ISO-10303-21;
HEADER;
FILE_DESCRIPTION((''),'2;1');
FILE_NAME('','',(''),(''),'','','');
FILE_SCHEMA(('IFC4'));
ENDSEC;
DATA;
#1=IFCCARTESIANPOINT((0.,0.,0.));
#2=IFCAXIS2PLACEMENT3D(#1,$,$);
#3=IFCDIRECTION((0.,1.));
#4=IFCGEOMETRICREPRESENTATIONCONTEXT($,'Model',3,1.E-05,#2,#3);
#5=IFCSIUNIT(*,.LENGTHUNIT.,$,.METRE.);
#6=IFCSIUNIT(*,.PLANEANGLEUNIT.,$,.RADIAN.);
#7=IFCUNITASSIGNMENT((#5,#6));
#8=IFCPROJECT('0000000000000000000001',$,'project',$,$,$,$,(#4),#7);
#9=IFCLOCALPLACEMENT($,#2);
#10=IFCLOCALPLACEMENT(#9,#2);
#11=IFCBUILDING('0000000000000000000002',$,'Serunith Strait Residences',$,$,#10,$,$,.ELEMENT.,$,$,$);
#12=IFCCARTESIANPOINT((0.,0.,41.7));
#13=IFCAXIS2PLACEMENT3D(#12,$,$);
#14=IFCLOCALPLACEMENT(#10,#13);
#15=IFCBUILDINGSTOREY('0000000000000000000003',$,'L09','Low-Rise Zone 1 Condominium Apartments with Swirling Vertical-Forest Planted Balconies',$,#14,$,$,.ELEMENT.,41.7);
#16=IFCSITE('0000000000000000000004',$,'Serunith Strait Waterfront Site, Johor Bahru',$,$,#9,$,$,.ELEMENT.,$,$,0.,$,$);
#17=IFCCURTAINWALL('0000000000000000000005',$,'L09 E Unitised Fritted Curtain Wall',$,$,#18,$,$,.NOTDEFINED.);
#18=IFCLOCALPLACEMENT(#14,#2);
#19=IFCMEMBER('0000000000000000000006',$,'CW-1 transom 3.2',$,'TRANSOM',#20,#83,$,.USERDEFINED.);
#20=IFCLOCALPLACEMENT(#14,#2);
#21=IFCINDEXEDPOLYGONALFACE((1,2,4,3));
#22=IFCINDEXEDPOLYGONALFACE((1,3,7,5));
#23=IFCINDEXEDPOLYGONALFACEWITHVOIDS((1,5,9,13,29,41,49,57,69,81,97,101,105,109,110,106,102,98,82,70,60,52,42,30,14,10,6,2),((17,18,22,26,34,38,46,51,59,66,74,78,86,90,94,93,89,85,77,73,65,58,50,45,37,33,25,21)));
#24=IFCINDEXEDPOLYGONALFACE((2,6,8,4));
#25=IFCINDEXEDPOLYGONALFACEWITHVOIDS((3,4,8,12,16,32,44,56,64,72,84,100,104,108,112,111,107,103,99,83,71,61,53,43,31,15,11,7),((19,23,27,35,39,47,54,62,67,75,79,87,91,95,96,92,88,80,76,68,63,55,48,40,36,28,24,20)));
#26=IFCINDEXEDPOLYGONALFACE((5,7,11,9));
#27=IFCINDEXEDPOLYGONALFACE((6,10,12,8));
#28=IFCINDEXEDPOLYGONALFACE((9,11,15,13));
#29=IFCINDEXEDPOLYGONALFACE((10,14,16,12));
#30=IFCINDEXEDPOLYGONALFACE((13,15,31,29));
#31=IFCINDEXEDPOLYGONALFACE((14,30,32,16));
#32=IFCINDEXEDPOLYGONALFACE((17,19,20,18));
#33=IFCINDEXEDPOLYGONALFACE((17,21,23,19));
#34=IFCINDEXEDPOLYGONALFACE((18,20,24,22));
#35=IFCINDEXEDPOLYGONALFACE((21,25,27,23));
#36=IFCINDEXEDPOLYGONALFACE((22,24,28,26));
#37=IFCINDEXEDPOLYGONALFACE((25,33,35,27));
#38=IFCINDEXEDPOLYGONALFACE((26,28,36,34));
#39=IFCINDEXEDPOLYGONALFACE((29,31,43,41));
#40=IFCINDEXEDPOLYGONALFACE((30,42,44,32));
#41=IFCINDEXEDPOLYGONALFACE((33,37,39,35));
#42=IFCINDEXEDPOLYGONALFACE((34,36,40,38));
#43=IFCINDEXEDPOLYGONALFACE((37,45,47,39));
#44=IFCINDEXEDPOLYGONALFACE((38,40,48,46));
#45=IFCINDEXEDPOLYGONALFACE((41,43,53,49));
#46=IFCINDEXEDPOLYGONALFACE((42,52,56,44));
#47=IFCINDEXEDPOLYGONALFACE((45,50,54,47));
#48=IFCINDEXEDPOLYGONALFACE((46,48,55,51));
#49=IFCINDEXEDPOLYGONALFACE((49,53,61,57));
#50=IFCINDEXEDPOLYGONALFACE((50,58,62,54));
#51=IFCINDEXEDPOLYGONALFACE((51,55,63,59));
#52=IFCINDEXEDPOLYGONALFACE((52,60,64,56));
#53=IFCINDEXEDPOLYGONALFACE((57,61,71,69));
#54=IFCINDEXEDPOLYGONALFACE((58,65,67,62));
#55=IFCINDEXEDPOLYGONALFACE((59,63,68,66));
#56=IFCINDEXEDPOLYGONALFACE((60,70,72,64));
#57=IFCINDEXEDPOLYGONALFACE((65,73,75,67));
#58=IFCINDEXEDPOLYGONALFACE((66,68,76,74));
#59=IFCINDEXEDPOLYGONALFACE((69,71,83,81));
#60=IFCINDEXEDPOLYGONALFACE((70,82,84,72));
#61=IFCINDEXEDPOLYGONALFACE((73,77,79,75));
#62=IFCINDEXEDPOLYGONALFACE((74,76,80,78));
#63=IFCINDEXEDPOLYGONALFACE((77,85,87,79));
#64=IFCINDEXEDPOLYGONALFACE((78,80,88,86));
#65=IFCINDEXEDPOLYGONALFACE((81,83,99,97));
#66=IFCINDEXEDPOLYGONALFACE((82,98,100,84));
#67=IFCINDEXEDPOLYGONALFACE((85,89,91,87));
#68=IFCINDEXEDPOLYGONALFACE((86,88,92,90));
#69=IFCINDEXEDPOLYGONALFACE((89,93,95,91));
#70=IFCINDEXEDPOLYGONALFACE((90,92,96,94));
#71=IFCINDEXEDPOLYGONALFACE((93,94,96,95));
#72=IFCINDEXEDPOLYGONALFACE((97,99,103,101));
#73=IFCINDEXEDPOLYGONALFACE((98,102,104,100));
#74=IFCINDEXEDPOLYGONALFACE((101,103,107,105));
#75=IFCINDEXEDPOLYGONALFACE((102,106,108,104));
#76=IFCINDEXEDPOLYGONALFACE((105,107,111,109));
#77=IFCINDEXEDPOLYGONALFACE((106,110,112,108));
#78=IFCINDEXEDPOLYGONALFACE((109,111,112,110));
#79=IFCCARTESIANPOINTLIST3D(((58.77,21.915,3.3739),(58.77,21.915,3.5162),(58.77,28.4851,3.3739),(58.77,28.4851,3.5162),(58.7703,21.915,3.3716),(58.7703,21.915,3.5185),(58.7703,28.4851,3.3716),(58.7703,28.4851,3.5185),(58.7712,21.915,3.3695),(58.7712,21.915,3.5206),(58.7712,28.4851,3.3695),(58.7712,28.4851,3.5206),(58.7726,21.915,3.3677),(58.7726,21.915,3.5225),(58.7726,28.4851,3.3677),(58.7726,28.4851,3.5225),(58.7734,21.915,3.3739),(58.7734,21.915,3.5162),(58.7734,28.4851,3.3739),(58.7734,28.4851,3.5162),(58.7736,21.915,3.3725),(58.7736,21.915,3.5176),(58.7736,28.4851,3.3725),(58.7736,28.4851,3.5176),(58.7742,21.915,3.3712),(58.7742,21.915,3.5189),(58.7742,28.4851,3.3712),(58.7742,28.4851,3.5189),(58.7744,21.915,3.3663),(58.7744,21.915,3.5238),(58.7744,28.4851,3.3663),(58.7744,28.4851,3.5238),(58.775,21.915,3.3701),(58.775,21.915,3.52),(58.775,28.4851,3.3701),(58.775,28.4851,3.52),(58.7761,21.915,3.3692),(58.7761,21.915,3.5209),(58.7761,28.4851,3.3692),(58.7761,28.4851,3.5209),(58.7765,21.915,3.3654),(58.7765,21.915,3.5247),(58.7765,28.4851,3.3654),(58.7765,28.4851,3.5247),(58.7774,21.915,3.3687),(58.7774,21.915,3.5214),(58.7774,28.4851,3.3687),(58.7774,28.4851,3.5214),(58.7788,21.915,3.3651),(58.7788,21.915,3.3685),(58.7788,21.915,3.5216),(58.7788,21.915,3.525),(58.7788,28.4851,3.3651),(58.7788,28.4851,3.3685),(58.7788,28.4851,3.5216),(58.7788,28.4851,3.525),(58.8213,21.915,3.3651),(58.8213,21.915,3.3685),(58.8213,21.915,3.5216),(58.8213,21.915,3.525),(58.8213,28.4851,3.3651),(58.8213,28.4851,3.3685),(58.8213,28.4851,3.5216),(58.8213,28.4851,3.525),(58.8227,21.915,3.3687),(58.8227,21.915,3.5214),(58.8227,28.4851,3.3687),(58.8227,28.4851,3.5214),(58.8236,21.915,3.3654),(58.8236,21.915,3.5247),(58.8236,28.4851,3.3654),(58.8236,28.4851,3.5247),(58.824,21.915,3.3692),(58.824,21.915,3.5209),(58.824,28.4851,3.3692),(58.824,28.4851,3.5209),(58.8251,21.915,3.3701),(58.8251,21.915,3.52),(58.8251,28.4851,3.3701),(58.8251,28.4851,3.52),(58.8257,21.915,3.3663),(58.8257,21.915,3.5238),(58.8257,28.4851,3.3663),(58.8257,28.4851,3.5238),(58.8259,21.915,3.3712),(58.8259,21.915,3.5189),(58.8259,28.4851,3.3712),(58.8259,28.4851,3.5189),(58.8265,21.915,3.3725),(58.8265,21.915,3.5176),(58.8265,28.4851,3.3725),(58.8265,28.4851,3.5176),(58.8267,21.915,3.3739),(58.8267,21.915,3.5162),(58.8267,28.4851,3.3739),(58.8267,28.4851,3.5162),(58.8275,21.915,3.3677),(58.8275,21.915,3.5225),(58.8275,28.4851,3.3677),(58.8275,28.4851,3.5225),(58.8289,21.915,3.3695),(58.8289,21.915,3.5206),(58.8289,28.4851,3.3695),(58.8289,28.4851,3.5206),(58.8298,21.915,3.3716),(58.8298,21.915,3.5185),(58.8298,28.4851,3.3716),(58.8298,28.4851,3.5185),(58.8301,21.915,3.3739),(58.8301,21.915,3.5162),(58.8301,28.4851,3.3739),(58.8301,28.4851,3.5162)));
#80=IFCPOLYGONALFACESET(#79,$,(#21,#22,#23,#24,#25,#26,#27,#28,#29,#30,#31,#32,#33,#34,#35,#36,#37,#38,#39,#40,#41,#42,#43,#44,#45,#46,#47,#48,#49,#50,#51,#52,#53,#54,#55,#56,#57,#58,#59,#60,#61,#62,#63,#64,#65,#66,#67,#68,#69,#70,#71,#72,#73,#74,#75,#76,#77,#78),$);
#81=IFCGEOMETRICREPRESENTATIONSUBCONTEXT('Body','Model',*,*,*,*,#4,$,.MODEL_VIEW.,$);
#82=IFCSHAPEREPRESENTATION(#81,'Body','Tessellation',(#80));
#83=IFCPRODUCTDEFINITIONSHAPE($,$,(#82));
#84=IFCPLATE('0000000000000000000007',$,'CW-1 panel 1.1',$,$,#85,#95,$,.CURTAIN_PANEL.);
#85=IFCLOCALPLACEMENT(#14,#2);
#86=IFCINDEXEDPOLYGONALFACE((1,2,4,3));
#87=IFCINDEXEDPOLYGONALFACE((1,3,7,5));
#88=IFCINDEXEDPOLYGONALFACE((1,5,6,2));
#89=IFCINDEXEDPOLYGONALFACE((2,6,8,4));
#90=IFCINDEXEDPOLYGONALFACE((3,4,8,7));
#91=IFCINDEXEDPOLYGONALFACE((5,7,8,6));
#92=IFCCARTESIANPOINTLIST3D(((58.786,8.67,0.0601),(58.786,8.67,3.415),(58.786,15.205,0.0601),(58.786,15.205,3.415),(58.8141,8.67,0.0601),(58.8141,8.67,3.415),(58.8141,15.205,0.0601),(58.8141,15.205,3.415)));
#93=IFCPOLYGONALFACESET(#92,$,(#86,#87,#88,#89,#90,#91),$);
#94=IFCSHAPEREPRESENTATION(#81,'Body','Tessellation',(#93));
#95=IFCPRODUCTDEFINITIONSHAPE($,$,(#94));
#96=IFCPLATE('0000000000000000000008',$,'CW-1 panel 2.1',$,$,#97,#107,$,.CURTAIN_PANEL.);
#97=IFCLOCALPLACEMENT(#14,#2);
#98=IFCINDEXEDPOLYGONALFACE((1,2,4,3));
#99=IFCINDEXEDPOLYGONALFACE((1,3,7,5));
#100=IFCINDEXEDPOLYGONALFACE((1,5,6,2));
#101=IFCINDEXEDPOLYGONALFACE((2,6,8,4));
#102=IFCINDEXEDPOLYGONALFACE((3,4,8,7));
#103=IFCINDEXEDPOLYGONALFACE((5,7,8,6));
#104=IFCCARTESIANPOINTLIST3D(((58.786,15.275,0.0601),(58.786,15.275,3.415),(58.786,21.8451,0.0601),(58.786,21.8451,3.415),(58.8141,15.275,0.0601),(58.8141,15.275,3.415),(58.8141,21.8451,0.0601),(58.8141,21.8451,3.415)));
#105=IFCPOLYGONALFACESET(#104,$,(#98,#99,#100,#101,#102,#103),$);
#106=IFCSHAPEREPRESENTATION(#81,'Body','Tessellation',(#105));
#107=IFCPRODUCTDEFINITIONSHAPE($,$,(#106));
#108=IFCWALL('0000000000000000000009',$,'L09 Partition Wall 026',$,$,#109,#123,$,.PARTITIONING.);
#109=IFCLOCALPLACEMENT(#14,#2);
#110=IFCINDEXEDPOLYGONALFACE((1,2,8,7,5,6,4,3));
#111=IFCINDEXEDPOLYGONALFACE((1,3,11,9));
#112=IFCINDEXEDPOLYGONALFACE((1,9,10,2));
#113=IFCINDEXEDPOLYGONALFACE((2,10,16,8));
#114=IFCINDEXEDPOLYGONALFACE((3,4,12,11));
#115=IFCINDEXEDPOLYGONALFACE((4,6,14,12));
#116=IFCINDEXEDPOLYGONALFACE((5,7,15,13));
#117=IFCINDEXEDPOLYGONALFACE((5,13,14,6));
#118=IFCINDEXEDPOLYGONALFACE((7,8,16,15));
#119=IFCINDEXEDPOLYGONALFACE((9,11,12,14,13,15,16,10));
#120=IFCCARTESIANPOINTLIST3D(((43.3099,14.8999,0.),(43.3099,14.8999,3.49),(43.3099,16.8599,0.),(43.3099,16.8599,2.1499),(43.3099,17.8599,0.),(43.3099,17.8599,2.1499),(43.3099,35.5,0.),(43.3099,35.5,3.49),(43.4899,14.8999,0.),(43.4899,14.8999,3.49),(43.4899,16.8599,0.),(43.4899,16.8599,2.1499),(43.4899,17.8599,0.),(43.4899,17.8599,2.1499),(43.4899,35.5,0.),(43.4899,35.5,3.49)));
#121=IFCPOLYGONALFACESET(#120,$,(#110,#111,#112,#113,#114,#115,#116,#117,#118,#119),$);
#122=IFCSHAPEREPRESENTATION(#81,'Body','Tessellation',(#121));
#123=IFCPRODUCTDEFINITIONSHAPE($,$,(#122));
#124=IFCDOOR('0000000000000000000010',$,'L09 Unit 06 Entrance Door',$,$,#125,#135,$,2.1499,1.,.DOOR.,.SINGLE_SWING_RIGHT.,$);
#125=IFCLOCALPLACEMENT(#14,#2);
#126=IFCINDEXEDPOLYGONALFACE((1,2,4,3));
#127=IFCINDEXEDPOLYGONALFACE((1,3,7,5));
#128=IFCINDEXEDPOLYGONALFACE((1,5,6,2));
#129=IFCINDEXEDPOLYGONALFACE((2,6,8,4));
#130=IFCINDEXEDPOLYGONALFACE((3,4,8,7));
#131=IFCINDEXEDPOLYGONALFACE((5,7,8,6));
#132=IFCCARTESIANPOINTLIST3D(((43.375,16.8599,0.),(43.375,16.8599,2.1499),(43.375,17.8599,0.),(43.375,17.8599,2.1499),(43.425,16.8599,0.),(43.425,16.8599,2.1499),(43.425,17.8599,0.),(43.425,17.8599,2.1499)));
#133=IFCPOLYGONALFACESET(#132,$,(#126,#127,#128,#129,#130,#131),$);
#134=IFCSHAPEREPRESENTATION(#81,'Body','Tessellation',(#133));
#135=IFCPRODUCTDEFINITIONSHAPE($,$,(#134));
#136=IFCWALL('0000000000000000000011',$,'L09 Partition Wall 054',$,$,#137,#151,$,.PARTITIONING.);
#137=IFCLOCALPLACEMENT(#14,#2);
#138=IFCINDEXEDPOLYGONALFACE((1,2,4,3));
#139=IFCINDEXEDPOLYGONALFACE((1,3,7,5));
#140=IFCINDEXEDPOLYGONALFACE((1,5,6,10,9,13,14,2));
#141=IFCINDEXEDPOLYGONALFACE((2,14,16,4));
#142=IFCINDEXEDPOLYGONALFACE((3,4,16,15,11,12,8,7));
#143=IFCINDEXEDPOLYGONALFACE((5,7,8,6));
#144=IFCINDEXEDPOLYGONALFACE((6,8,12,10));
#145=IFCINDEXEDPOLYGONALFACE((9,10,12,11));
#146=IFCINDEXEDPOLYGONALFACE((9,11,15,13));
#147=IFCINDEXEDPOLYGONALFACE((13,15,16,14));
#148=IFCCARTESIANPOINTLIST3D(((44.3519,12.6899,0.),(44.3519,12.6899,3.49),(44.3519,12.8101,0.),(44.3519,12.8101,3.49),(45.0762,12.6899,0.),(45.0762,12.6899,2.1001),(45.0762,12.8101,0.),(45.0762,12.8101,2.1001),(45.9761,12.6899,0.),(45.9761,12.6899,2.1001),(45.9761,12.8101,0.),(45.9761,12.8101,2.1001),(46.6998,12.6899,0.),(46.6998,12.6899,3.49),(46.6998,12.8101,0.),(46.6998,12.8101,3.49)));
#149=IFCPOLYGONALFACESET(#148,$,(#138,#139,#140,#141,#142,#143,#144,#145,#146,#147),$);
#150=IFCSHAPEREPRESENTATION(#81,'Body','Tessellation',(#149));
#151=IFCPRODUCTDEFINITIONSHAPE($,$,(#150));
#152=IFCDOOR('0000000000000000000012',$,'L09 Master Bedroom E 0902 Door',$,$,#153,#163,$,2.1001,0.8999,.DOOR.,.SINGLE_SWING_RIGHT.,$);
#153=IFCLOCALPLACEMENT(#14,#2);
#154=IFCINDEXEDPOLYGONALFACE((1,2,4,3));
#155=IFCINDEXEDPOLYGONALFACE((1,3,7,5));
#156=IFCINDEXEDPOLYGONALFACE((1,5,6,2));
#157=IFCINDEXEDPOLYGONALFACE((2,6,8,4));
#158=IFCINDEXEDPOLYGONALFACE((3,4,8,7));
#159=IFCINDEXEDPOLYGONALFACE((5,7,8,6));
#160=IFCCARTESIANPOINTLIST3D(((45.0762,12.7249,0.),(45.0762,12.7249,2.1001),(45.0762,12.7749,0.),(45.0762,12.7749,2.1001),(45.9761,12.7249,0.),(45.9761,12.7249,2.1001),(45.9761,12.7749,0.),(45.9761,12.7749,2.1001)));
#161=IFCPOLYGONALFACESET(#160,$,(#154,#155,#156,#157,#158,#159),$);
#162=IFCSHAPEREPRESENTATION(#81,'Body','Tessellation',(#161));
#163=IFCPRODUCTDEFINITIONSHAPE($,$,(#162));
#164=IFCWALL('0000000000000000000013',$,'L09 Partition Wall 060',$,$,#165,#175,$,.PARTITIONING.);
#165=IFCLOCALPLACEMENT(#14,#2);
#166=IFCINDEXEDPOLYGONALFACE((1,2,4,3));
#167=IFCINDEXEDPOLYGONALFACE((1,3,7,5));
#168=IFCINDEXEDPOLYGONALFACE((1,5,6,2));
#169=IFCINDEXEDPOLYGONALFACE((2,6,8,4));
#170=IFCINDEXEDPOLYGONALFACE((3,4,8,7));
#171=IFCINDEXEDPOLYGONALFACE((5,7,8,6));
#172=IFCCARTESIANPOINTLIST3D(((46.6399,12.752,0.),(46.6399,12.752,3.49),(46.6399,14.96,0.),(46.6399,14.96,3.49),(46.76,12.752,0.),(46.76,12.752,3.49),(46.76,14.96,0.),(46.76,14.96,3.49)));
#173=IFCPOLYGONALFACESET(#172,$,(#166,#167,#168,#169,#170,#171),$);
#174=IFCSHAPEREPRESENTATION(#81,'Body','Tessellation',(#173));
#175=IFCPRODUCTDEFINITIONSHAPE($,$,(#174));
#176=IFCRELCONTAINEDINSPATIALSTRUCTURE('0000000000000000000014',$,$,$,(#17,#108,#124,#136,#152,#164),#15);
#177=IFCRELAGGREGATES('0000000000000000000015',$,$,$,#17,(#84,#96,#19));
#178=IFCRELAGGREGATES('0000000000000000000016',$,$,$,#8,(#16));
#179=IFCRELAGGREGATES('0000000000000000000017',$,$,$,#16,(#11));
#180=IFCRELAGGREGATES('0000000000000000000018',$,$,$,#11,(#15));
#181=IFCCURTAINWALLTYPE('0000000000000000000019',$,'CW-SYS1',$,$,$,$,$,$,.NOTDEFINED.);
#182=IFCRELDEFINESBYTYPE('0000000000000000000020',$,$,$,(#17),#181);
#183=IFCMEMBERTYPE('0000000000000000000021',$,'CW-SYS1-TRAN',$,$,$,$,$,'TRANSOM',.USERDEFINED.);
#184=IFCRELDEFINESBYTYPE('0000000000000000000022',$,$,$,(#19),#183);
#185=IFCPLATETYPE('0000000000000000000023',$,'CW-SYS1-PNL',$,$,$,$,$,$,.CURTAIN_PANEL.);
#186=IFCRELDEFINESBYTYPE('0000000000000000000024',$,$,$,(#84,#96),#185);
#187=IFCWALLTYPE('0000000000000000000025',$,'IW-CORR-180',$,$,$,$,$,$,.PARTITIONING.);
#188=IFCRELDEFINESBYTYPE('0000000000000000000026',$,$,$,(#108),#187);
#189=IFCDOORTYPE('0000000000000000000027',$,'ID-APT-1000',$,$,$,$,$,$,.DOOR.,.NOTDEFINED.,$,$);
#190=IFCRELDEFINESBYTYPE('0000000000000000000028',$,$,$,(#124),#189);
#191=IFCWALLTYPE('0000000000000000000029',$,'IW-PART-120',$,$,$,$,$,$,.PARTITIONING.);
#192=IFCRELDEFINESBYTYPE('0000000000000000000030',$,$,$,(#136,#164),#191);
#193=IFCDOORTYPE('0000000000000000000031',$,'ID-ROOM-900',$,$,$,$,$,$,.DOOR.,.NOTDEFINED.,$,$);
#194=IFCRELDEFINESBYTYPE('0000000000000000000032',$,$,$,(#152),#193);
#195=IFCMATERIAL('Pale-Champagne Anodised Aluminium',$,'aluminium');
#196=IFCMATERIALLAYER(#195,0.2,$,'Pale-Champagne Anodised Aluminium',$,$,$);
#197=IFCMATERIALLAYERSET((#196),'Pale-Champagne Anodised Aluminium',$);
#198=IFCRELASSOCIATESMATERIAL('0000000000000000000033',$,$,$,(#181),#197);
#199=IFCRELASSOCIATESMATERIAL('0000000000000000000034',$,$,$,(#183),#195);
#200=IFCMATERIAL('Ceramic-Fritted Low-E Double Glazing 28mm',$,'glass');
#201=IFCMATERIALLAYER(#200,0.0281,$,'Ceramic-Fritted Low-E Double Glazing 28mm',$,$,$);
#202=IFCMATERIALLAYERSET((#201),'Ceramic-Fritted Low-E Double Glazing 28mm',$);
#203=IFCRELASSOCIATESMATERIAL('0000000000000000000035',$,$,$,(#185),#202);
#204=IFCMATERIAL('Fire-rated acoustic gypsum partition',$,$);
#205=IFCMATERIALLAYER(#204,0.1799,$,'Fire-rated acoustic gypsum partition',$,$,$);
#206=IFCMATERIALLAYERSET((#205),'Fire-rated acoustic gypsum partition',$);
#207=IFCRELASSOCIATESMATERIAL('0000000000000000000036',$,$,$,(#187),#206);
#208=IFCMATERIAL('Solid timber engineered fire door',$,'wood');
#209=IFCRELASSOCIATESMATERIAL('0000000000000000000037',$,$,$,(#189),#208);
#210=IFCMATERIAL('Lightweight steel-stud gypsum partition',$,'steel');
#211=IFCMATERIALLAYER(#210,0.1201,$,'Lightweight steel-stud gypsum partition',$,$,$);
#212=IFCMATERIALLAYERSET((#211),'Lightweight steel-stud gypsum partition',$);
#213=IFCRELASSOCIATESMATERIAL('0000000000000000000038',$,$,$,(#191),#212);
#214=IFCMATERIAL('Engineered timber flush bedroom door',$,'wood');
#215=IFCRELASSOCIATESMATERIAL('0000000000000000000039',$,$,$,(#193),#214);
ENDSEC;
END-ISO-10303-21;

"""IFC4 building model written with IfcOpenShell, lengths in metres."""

from ifc_helpers import new_model, si_unit, direction, frame, frame_2d, origin, origin_2d, place, context, subcontext, project, spatial, rectangle, hollow_rectangle, extrude, source, transform, mapped, material, layer, layer_set, material_profile, profile_set, type_object, element, fill, aggregate, save


model = new_model("IFC4")

# Units and contexts
model_context = context("Model", 3, precision=1e-05, world=origin(), true_north=direction((0.0, 1.0)))
body_context = subcontext(model_context, "Body", "Model", "MODEL_VIEW")
ifc_project = project(units=[si_unit("LENGTHUNIT", "METRE"), si_unit("PLANEANGLEUNIT", "RADIAN")], contexts=[model_context])

# Site, building, storey
site_placement = place(None, origin())
site = spatial("IfcSite", under=ifc_project, at=site_placement, Name="Serunith Strait Waterfront Site, Johor Bahru", CompositionType="ELEMENT", RefElevation=0.0)
building_placement = place(site_placement, origin())
building = spatial("IfcBuilding", under=site, at=building_placement, Name="Serunith Strait Residences", CompositionType="ELEMENT")
storey_placement = place(building_placement, frame((0.0, 0.0, 41.7)))
storey = spatial("IfcBuildingStorey", under=building, at=storey_placement, Name="L09", Description="Low-Rise Zone 1 Condominium Apartments with Swirling Vertical-Forest Planted Balconies", CompositionType="ELEMENT", Elevation=41.7)

# Curtain wall, member, plates
ifc_material_1 = material(Name="Pale-Champagne Anodised Aluminium", Category="aluminium")
ifc_layer_1 = layer(ifc_material_1, 0.2, Name="Pale-Champagne Anodised Aluminium")
ifc_layer_set_1 = layer_set([ifc_layer_1], Name="Pale-Champagne Anodised Aluminium")
curtain_wall_type = type_object("IfcCurtainWallType", Name="CW-SYS1", PredefinedType="NOTDEFINED", material=ifc_layer_set_1)
curtain_wall_placement = place(storey_placement, origin())
curtain_wall = element("IfcCurtainWall", 1, at=curtain_wall_placement, inside=storey, type_object=curtain_wall_type, Name="L09 E Unitised Fritted Curtain Wall", PredefinedType="NOTDEFINED")
ifc_material_profile_1 = material_profile(ifc_material_1, hollow_rectangle(XDim=0.0601, YDim=0.1599, WallThickness=0.0034, InnerFilletRadius=0.0054, OuterFilletRadius=0.0088, at=origin_2d()), Name="ALU 160x60x3.5")
ifc_profile_set_1 = profile_set([ifc_material_profile_1], Name="Pale-Champagne Anodised Aluminium")
member_type_1 = type_object("IfcMemberType", Name="CW-SYS1-TRAN", ElementType="TRANSOM", PredefinedType="USERDEFINED", material=ifc_profile_set_1)
shared_shape_1 = source(origin(), body_context, "Body", "SweptSolid", [
    extrude(hollow_rectangle(XDim=0.0601, YDim=0.1599, WallThickness=0.0034, InnerFilletRadius=0.0054, OuterFilletRadius=0.0088, at=origin_2d()), origin(), (0.0, 0.0, 1.0), 6.5701),
])
member_1_placement = place(storey_placement, frame((58.8, 21.915, 3.4451), z_axis=(0.0, 1.0, 0.0), x_axis=(-1.0, 0.0, 0.0)))
member_1 = element("IfcMember", 2, at=member_1_placement, type_object=member_type_1, Name="CW-1 transom 3.2", ObjectType="TRANSOM", PredefinedType="USERDEFINED", context=body_context, shape_type="MappedRepresentation", body=[
    mapped(shared_shape_1, transform((0.0, 0.0, 0.0), scale=1.0)),
])
ifc_material_2 = material(Name="Ceramic-Fritted Low-E Double Glazing 28mm", Category="glass")
ifc_layer_2 = layer(ifc_material_2, 0.0281, Name="Ceramic-Fritted Low-E Double Glazing 28mm")
ifc_layer_set_2 = layer_set([ifc_layer_2], Name="Ceramic-Fritted Low-E Double Glazing 28mm")
plate_type = type_object("IfcPlateType", Name="CW-SYS1-PNL", PredefinedType="CURTAIN_PANEL", material=ifc_layer_set_2)
shared_shape_2 = source(origin(), body_context, "Body", "SweptSolid", [
    extrude(rectangle(XDim=6.5349, YDim=0.0281, at=origin_2d()), origin(), (0.0, 0.0, 1.0), 3.355),
])
plate_1_placement = place(storey_placement, frame((58.8, 11.9375, 0.0601), z_axis=(0.0, 0.0, 1.0), x_axis=(0.0, 1.0, 0.0)))
plate_1 = element("IfcPlate", 3, at=plate_1_placement, type_object=plate_type, Name="CW-1 panel 1.1", PredefinedType="CURTAIN_PANEL", context=body_context, shape_type="MappedRepresentation", body=[
    mapped(shared_shape_2, transform((0.0, 0.0, 0.0), scale=1.0)),
])
shared_shape_3 = source(origin(), body_context, "Body", "SweptSolid", [
    extrude(rectangle(XDim=6.5701, YDim=0.0281, at=origin_2d()), origin(), (0.0, 0.0, 1.0), 3.355),
])
plate_2_placement = place(storey_placement, frame((58.8, 18.5601, 0.0601), z_axis=(0.0, 0.0, 1.0), x_axis=(0.0, 1.0, 0.0)))
plate_2 = element("IfcPlate", 4, at=plate_2_placement, type_object=plate_type, Name="CW-1 panel 2.1", PredefinedType="CURTAIN_PANEL", context=body_context, shape_type="MappedRepresentation", body=[
    mapped(shared_shape_3, transform((0.0, 0.0, 0.0), scale=1.0)),
])
aggregate(curtain_wall, [plate_1, plate_2, member_1])

# Walls, openings, doors
ifc_material_3 = material(Name="Fire-rated acoustic gypsum partition")
ifc_layer_3 = layer(ifc_material_3, 0.1799, Name="Fire-rated acoustic gypsum partition")
ifc_layer_set_3 = layer_set([ifc_layer_3], Name="Fire-rated acoustic gypsum partition")
wall_type_1 = type_object("IfcWallType", Name="IW-CORR-180", PredefinedType="PARTITIONING", material=ifc_layer_set_3)
wall_1_placement = place(storey_placement, frame((43.3999, 14.8999, 0.0), z_axis=(0.0, 0.0, 1.0), x_axis=(0.0, 1.0, 0.0)))
wall_1 = element("IfcWall", 5, at=wall_1_placement, inside=storey, type_object=wall_type_1, Name="L09 Partition Wall 026", PredefinedType="PARTITIONING", context=body_context, shape_type="SweptSolid", body=[
    extrude(rectangle(XDim=20.6001, YDim=0.1799, at=frame_2d((10.3, 0.0))), origin(), (0.0, 0.0, 1.0), 3.49),
])
opening_1_placement = place(wall_1_placement, frame((1.96, 0.0, 0.0)))
opening_1 = element("IfcOpeningElement", 6, at=opening_1_placement, cuts=wall_1, PredefinedType="OPENING", context=body_context, shape_type="SweptSolid", body=[
    extrude(rectangle(XDim=1.0, YDim=2.1499, at=frame_2d((0.5, 1.075))), frame((0.0, 0.1001, 0.0), z_axis=(0.0, -1.0, 0.0), x_axis=(1.0, 0.0, 0.0)), (0.0, 0.0, 1.0), 0.2),
])
ifc_material_4 = material(Name="Solid timber engineered fire door", Category="wood")
door_type_1 = type_object("IfcDoorType", Name="ID-APT-1000", OperationType="NOTDEFINED", PredefinedType="DOOR", material=ifc_material_4)
shared_shape_4 = source(origin(), body_context, "Body", "SweptSolid", [
    extrude(rectangle(XDim=1.0, YDim=2.1499, at=frame_2d((0.5, 1.075))), frame((0.0, 0.0249, 0.0), z_axis=(0.0, -1.0, 0.0), x_axis=(1.0, 0.0, 0.0)), (0.0, 0.0, 1.0), 0.05),
])
door_1_placement = place(opening_1_placement, origin())
door_1 = element("IfcDoor", 7, at=door_1_placement, inside=storey, type_object=door_type_1, Name="L09 Unit 06 Entrance Door", OperationType="SINGLE_SWING_RIGHT", OverallHeight=2.1499, OverallWidth=1.0, PredefinedType="DOOR", context=body_context, shape_type="MappedRepresentation", body=[
    mapped(shared_shape_4, transform((0.0, 0.0, 0.0), scale=1.0)),
])
fill(opening_1, door_1)
ifc_material_5 = material(Name="Lightweight steel-stud gypsum partition", Category="steel")
ifc_layer_4 = layer(ifc_material_5, 0.1201, Name="Lightweight steel-stud gypsum partition")
ifc_layer_set_4 = layer_set([ifc_layer_4], Name="Lightweight steel-stud gypsum partition")
wall_type_2 = type_object("IfcWallType", Name="IW-PART-120", PredefinedType="PARTITIONING", material=ifc_layer_set_4)
wall_2_placement = place(storey_placement, frame((44.3521, 12.75, 0.0), z_axis=(0.0, 0.0, 1.0), x_axis=(1.0, 0.0, 0.0)))
wall_2 = element("IfcWall", 8, at=wall_2_placement, inside=storey, type_object=wall_type_2, Name="L09 Partition Wall 054", PredefinedType="PARTITIONING", context=body_context, shape_type="SweptSolid", body=[
    extrude(rectangle(XDim=2.3479, YDim=0.1201, at=frame_2d((1.1738, 0.0))), origin(), (0.0, 0.0, 1.0), 3.49),
])
opening_2_placement = place(wall_2_placement, frame((0.7241, 0.0, 0.0)))
opening_2 = element("IfcOpeningElement", 9, at=opening_2_placement, cuts=wall_2, PredefinedType="OPENING", context=body_context, shape_type="SweptSolid", body=[
    extrude(rectangle(XDim=0.8999, YDim=2.1001, at=frame_2d((0.45, 1.05))), frame((0.0, 0.0701, 0.0), z_axis=(0.0, -1.0, 0.0), x_axis=(1.0, 0.0, 0.0)), (0.0, 0.0, 1.0), 0.1401),
])
ifc_material_6 = material(Name="Engineered timber flush bedroom door", Category="wood")
door_type_2 = type_object("IfcDoorType", Name="ID-ROOM-900", OperationType="NOTDEFINED", PredefinedType="DOOR", material=ifc_material_6)
shared_shape_5 = source(origin(), body_context, "Body", "SweptSolid", [
    extrude(rectangle(XDim=0.8999, YDim=2.1001, at=frame_2d((0.45, 1.05))), frame((0.0, 0.0249, 0.0), z_axis=(0.0, -1.0, 0.0), x_axis=(1.0, 0.0, 0.0)), (0.0, 0.0, 1.0), 0.05),
])
door_2_placement = place(opening_2_placement, origin())
door_2 = element("IfcDoor", 10, at=door_2_placement, inside=storey, type_object=door_type_2, Name="L09 Master Bedroom E 0902 Door", OperationType="SINGLE_SWING_RIGHT", OverallHeight=2.1001, OverallWidth=0.8999, PredefinedType="DOOR", context=body_context, shape_type="MappedRepresentation", body=[
    mapped(shared_shape_5, transform((0.0, 0.0, 0.0), scale=1.0)),
])
fill(opening_2, door_2)

# Wall
wall_3_placement = place(storey_placement, frame((46.7, 12.752, 0.0), z_axis=(0.0, 0.0, 1.0), x_axis=(0.0, 1.0, 0.0)))
element("IfcWall", 11, at=wall_3_placement, inside=storey, type_object=wall_type_2, Name="L09 Partition Wall 060", PredefinedType="PARTITIONING", context=body_context, shape_type="SweptSolid", body=[
    extrude(rectangle(XDim=2.208, YDim=0.1201, at=frame_2d((1.104, 0.0))), origin(), (0.0, 0.0, 1.0), 3.49),
])

save(model, "model.ifc")
